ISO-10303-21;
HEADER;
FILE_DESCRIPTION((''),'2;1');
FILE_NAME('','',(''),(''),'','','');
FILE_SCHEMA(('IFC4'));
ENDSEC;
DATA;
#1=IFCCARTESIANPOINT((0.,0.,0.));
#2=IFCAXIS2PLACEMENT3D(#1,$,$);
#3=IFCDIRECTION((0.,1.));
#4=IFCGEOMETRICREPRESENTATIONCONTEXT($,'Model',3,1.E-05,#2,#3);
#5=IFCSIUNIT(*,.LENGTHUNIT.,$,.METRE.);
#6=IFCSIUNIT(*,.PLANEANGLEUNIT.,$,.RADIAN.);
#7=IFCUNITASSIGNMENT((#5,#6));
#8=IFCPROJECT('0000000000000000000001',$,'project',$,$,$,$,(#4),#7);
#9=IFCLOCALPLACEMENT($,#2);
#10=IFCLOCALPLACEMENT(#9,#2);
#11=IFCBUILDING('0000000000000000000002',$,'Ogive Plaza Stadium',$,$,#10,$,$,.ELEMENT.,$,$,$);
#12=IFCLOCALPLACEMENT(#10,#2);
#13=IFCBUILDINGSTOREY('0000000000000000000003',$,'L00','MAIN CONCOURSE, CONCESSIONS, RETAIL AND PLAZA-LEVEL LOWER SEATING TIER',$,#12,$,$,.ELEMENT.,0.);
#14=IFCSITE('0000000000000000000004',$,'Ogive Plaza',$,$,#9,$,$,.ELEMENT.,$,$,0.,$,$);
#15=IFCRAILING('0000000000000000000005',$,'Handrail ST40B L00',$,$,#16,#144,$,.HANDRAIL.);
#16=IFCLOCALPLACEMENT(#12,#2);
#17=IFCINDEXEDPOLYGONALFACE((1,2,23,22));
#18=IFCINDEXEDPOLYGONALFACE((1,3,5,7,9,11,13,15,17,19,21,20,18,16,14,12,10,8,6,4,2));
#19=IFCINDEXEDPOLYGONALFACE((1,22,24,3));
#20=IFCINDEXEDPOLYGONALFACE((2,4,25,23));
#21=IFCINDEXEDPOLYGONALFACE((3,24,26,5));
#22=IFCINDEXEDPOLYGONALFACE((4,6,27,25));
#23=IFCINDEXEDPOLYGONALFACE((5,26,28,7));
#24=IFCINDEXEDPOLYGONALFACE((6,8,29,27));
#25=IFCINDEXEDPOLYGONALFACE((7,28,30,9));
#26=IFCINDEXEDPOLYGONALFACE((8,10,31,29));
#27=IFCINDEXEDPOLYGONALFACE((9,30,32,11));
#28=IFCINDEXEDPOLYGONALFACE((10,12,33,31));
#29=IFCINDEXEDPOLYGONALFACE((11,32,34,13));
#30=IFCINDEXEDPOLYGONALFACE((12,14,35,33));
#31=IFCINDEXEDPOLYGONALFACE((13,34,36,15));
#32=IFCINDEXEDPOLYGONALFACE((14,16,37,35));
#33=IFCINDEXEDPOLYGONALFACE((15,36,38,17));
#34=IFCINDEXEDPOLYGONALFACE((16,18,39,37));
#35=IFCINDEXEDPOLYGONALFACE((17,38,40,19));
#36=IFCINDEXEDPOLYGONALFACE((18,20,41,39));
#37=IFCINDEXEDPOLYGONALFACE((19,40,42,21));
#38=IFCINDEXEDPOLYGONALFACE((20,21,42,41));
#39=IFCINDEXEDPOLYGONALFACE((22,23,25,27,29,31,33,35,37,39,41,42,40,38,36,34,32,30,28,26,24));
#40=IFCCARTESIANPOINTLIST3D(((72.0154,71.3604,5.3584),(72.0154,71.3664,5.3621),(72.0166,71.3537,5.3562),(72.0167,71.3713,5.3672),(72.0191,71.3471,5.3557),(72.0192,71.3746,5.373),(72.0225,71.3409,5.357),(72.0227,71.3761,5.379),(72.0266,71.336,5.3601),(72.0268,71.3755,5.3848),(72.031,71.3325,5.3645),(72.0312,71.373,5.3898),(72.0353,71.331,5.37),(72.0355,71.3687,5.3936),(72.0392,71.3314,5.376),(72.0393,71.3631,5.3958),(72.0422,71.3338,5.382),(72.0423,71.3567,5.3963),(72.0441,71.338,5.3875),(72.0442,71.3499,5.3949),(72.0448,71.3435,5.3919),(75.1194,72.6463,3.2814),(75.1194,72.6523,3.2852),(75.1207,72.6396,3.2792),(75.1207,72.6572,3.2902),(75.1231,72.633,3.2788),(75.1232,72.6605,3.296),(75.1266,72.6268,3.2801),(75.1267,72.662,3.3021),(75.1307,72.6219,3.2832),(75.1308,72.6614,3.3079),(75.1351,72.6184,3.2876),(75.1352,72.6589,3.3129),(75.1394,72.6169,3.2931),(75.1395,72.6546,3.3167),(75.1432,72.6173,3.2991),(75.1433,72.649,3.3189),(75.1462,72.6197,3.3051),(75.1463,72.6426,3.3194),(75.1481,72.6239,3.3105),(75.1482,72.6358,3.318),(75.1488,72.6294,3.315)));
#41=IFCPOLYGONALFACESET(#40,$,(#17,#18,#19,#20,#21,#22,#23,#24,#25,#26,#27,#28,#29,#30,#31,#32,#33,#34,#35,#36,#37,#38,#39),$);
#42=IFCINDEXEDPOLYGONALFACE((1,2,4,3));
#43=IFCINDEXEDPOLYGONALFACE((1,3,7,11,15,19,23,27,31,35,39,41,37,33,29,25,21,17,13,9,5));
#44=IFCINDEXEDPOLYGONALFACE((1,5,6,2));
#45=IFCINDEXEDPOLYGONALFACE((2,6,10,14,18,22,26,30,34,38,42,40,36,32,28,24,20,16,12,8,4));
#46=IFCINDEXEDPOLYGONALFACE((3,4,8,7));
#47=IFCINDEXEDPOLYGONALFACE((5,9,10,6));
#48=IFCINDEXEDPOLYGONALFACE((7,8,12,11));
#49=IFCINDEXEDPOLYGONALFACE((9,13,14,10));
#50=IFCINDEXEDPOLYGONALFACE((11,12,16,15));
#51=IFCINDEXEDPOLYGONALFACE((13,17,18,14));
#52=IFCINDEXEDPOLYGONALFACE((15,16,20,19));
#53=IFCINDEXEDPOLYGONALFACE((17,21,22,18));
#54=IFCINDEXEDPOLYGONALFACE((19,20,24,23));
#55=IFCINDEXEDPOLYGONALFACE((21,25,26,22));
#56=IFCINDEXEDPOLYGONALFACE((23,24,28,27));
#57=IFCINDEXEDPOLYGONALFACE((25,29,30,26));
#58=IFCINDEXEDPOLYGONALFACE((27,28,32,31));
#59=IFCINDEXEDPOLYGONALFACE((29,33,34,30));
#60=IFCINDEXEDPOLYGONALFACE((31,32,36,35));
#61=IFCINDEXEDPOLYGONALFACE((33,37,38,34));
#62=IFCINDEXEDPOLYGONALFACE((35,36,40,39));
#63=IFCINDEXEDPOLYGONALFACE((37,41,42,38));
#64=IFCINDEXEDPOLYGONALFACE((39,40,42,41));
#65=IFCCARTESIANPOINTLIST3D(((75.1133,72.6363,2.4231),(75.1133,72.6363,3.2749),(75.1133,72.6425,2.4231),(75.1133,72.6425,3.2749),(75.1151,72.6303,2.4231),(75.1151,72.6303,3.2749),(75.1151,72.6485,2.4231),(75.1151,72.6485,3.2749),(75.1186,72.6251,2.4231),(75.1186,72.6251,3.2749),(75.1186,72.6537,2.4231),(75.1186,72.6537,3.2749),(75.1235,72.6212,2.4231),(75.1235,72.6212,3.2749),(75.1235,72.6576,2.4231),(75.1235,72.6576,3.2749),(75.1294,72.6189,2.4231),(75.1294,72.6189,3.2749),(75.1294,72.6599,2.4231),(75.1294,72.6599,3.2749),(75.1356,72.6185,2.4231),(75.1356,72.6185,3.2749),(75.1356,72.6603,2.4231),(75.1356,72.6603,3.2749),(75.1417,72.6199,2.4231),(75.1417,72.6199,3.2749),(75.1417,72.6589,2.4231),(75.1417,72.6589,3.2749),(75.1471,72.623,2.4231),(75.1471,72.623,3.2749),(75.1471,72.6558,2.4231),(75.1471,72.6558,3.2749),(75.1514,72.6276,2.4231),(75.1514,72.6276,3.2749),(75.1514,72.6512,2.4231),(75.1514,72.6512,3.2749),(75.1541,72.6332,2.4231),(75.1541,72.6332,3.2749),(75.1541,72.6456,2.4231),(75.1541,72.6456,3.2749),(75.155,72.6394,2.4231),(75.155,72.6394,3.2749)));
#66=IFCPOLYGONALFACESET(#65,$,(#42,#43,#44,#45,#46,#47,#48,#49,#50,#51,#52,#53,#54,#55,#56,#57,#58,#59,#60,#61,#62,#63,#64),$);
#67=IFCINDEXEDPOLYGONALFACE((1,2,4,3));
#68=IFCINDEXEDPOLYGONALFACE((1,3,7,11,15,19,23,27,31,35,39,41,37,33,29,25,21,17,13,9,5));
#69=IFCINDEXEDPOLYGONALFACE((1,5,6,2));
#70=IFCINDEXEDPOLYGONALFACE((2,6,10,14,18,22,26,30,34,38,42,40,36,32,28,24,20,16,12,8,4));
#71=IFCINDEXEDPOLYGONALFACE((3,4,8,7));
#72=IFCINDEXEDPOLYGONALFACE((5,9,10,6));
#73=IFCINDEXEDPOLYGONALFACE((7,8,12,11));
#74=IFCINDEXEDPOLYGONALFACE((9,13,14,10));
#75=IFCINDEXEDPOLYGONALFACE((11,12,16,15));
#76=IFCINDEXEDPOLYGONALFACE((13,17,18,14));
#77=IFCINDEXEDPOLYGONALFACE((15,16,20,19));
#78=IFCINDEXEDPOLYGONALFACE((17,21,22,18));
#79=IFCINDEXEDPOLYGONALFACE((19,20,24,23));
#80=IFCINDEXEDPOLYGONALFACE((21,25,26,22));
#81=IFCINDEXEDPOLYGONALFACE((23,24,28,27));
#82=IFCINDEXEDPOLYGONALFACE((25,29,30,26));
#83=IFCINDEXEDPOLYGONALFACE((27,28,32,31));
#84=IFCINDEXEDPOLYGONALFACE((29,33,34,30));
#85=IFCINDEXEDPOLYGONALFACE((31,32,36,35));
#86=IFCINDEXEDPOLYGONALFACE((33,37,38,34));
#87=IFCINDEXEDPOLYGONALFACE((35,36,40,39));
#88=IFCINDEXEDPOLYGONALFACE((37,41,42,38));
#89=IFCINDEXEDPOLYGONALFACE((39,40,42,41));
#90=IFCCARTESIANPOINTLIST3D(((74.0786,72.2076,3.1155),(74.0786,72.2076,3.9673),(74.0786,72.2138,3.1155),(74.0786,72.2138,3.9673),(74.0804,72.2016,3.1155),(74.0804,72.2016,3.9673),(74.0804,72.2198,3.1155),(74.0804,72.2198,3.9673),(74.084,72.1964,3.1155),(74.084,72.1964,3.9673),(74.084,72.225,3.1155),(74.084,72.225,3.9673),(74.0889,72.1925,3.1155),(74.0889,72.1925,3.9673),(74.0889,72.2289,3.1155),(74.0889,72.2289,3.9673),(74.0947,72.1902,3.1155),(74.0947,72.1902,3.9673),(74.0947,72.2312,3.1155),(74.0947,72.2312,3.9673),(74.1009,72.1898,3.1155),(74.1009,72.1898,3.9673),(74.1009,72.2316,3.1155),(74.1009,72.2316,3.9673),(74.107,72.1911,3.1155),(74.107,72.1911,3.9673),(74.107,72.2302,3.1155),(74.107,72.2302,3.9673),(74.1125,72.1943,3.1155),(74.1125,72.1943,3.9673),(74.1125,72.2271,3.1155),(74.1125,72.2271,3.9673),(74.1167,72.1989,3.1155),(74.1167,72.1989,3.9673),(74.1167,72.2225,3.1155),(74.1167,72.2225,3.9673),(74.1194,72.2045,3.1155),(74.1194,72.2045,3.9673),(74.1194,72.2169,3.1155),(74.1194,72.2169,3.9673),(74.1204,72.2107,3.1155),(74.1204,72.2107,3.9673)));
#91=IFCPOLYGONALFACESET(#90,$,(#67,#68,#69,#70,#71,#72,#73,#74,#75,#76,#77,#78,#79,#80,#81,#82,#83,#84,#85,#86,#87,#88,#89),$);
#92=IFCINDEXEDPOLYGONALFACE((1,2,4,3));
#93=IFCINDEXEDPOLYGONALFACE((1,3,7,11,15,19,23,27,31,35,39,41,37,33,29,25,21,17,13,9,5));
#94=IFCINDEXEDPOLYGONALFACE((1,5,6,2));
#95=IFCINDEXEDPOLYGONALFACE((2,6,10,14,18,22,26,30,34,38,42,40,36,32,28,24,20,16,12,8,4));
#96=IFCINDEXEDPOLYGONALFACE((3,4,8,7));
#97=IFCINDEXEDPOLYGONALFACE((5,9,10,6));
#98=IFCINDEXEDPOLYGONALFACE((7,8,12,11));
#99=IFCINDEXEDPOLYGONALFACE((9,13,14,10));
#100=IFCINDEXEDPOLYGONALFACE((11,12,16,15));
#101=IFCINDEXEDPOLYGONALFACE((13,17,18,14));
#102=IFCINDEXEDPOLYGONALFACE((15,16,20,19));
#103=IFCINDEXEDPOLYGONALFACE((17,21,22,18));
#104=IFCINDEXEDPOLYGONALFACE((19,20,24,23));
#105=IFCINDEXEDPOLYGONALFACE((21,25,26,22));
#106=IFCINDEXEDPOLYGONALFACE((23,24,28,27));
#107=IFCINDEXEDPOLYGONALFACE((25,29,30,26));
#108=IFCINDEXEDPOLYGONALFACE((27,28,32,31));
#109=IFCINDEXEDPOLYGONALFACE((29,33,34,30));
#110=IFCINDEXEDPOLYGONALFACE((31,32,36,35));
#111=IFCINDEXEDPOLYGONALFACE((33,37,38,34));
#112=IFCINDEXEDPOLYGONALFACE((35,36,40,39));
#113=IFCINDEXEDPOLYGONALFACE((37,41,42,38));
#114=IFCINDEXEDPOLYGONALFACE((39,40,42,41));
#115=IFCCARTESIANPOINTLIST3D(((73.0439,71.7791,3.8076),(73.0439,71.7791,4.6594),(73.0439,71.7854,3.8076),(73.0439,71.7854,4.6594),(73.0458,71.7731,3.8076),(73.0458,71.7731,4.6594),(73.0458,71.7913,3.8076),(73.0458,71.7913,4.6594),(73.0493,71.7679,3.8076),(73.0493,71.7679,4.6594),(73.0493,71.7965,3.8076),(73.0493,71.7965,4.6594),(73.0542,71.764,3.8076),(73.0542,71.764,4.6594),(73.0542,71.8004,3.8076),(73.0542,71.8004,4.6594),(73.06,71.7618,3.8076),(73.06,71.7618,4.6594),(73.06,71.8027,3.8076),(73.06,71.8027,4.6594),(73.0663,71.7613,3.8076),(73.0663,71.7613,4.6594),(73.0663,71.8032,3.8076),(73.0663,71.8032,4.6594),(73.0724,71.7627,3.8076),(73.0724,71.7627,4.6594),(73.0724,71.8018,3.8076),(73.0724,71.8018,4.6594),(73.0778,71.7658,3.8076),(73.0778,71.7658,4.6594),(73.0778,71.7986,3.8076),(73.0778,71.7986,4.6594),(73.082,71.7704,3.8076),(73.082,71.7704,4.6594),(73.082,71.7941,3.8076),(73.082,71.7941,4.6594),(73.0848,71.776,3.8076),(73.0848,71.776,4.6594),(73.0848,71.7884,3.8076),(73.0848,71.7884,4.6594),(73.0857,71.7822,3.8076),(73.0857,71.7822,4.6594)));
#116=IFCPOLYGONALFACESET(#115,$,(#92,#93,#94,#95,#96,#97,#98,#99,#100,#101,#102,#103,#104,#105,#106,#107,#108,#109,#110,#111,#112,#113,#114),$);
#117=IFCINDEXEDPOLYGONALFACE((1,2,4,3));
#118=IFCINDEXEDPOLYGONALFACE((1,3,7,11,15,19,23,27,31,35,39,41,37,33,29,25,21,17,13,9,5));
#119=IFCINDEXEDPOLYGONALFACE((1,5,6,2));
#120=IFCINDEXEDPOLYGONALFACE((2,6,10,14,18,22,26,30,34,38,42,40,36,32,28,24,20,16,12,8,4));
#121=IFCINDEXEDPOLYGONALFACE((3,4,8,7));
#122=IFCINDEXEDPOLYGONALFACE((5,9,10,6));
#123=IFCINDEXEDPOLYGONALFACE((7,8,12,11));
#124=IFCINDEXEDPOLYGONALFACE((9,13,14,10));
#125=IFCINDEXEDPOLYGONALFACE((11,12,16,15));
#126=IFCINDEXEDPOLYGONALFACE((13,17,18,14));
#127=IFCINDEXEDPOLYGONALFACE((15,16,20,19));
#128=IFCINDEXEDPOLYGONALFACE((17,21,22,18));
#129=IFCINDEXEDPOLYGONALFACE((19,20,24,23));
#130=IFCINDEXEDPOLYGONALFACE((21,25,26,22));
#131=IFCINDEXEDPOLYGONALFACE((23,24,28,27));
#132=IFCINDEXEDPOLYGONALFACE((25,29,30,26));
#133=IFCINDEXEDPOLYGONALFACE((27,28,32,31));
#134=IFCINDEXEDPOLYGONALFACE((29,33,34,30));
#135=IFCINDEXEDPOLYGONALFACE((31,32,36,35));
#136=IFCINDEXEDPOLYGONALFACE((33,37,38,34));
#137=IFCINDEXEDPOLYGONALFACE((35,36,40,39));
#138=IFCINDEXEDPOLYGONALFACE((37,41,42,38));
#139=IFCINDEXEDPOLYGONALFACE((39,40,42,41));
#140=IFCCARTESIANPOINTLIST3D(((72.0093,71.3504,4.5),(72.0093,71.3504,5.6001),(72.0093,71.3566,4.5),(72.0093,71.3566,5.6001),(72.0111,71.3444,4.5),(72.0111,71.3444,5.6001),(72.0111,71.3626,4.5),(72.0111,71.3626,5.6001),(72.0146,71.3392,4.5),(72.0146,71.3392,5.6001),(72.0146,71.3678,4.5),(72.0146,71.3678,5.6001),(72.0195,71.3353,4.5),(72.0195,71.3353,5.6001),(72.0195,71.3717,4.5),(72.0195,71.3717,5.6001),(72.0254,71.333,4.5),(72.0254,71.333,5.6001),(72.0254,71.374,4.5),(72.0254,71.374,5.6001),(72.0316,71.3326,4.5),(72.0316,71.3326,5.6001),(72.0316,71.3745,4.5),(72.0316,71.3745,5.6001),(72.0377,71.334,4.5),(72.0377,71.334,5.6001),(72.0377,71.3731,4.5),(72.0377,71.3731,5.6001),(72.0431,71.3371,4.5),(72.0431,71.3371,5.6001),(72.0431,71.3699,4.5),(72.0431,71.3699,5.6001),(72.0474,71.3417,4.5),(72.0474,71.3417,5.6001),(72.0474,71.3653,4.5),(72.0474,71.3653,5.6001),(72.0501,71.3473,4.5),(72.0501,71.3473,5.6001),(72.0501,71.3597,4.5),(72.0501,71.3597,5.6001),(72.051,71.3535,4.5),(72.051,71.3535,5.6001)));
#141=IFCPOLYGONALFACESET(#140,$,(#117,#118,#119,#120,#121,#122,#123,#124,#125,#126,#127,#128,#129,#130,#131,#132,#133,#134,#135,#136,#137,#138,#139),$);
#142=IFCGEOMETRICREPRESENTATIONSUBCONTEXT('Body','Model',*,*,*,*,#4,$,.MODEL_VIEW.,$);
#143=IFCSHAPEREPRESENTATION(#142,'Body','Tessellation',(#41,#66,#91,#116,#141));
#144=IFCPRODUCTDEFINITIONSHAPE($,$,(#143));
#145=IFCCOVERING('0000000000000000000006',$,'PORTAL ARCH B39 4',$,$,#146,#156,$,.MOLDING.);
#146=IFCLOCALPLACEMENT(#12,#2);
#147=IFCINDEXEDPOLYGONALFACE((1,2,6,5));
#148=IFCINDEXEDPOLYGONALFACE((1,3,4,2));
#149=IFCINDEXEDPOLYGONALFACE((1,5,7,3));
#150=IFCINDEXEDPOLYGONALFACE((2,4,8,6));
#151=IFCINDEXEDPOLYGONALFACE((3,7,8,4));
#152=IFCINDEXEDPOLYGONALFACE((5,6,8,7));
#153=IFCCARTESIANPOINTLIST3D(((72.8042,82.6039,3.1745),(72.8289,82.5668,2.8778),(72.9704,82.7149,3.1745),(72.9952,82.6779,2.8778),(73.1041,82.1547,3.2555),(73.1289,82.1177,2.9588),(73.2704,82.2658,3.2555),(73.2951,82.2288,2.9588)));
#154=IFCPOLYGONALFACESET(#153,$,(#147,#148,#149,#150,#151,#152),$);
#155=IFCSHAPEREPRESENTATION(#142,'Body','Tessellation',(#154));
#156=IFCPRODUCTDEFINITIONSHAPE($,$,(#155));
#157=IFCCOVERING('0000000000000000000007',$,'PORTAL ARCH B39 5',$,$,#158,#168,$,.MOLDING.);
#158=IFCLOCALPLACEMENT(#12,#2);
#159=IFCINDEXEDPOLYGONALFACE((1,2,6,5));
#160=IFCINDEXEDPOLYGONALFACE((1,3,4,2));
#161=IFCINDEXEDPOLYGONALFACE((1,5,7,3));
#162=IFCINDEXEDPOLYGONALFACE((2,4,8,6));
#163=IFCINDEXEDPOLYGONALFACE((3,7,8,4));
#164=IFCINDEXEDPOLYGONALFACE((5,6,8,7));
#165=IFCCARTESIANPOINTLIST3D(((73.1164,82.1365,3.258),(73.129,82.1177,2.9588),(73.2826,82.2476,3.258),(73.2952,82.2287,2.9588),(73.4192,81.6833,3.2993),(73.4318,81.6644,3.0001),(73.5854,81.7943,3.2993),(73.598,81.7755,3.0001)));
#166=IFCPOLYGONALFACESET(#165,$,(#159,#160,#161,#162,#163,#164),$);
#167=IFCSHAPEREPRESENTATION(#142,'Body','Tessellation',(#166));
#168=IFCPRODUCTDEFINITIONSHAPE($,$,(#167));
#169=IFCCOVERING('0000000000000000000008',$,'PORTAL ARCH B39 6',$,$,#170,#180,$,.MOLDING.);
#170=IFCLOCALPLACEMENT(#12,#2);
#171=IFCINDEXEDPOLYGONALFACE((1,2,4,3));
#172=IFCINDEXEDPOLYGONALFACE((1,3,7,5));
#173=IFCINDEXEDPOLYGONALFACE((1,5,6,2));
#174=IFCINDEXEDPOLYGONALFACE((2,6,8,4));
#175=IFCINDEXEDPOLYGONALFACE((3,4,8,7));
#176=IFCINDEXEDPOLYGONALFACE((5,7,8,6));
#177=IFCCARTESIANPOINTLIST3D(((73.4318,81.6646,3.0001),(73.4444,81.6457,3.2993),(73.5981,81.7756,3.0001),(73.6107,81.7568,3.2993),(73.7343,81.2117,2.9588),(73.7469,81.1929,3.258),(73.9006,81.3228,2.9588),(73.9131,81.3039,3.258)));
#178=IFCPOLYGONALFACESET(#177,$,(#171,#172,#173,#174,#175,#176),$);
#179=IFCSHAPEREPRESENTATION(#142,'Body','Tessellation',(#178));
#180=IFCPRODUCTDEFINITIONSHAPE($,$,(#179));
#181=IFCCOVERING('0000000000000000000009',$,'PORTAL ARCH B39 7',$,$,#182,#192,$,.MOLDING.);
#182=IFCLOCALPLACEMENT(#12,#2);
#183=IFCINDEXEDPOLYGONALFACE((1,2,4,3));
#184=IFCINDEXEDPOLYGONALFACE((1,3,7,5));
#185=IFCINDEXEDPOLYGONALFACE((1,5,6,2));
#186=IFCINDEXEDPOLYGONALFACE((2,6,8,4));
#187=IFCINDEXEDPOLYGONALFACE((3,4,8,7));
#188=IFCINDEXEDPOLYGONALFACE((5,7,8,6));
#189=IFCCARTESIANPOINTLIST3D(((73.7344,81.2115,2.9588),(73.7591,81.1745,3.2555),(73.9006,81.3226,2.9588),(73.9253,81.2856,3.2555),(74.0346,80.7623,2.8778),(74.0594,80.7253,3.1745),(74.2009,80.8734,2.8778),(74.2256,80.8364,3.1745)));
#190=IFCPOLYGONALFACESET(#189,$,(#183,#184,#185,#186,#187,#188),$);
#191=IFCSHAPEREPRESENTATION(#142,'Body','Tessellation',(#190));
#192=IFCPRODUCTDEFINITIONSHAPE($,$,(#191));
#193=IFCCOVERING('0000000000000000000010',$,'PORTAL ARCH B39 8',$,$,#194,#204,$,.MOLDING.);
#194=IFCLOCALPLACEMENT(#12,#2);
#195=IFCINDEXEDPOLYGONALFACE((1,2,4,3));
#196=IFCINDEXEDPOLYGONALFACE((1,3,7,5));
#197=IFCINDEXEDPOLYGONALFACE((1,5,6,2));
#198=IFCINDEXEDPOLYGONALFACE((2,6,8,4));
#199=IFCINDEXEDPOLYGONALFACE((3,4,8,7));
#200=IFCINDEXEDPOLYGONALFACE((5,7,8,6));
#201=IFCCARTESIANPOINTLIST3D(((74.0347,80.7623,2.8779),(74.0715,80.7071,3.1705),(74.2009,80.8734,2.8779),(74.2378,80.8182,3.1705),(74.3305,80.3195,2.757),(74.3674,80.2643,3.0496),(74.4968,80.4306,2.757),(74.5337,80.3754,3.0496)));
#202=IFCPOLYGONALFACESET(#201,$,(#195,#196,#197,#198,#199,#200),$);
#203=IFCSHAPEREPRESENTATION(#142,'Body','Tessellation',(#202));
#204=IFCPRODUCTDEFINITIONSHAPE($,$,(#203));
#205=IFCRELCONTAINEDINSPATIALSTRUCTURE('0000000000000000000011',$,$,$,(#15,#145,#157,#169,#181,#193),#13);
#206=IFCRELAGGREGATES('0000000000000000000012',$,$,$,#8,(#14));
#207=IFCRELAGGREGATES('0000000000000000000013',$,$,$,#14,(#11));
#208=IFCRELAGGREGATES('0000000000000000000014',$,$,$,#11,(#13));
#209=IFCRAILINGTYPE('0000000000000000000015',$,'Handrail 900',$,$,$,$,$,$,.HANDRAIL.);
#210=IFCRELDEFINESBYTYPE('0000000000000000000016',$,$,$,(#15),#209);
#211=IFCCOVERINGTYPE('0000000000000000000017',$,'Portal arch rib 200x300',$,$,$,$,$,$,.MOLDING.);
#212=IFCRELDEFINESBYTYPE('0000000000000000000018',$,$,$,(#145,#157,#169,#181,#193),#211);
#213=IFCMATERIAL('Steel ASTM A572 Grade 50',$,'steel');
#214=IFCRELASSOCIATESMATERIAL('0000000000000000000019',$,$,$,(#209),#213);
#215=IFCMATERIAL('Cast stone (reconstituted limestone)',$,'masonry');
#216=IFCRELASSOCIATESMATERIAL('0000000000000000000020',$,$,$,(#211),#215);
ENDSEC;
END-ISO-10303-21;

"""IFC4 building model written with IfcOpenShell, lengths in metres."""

from ifc_helpers import new_model, si_unit, direction, frame, origin, origin_2d, place, context, subcontext, project, spatial, rectangle, circle, extrude, material, material_profile, profile_set, type_object, element, save


model = new_model("IFC4")

# Units and contexts
model_context = context("Model", 3, precision=1e-05, world=origin(), true_north=direction((0.0, 1.0)))
body_context = subcontext(model_context, "Body", "Model", "MODEL_VIEW")
ifc_project = project(units=[si_unit("LENGTHUNIT", "METRE"), si_unit("PLANEANGLEUNIT", "RADIAN")], contexts=[model_context])

# Site, building, storey
site_placement = place(None, origin())
site = spatial("IfcSite", under=ifc_project, at=site_placement, Name="Ogive Plaza", CompositionType="ELEMENT", RefElevation=0.0)
building_placement = place(site_placement, origin())
building = spatial("IfcBuilding", under=site, at=building_placement, Name="Ogive Plaza Stadium", CompositionType="ELEMENT")
storey_placement = place(building_placement, origin())
storey = spatial("IfcBuildingStorey", under=building, at=storey_placement, Name="L00", Description="MAIN CONCOURSE, CONCESSIONS, RETAIL AND PLAZA-LEVEL LOWER SEATING TIER", CompositionType="ELEMENT", Elevation=0.0)

# Railing
ifc_material_1 = material(Name="Steel ASTM A572 Grade 50", Category="steel")
railing_type_1 = type_object("IfcRailingType", Name="Handrail 900", PredefinedType="HANDRAIL", material=ifc_material_1)
railing_1_placement = place(storey_placement, frame((75.134, 72.6394, 2.4231)))
element("IfcRailing", 1, at=railing_1_placement, inside=storey, type_object=railing_type_1, Name="Handrail ST40B L00", PredefinedType="HANDRAIL", context=body_context, shape_type="SweptSolid", body=[
    extrude(circle(Radius=0.0239, at=origin_2d()), frame((0.0, 0.0, 0.876), z_axis=(-0.785839, -0.325548, 0.525809), x_axis=(0.382726, -0.923862, 0.0)), (0.0, 0.0, 1.0), 3.95),
    extrude(circle(Radius=0.021, at=origin_2d()), origin(), (0.0, 0.0, 1.0), 0.8518),
    extrude(circle(Radius=0.021, at=origin_2d()), frame((-1.0347, -0.4287, 0.6924)), (0.0, 0.0, 1.0), 0.8518),
    extrude(circle(Radius=0.021, at=origin_2d()), frame((-2.0693, -0.8572, 1.3845)), (0.0, 0.0, 1.0), 0.8518),
    extrude(circle(Radius=0.021, at=origin_2d()), frame((-3.104, -1.2859, 2.0769)), (0.0, 0.0, 1.0), 1.1001),
])

# Coverings
ifc_material_2 = material(Name="Cast stone (reconstituted limestone)", Category="masonry")
ifc_material_profile_1 = material_profile(ifc_material_2, rectangle(XDim=0.2, YDim=0.3, at=origin_2d()), Name="Cast stone 200x300")
ifc_profile_set_1 = profile_set([ifc_material_profile_1], Name="Cast stone (reconstituted limestone)")
covering_type = type_object("IfcCoveringType", Name="Portal arch rib 200x300", PredefinedType="MOLDING", material=ifc_profile_set_1)
covering_1_placement = place(storey_placement, frame((72.8997, 82.6409, 3.0261), z_axis=(0.549281, -0.822358, 0.148382), x_axis=(0.831563, 0.55543, 0.0)))
element("IfcCovering", 2, at=covering_1_placement, inside=storey, type_object=covering_type, Name="PORTAL ARCH B39 4", PredefinedType="MOLDING", context=body_context, shape_type="SweptSolid", body=[
    extrude(rectangle(XDim=0.2, YDim=0.3, at=origin_2d()), origin(), (0.0, 0.0, 1.0), 0.5461),
])
covering_2_placement = place(storey_placement, frame((73.2058, 82.1826, 3.1084), z_axis=(0.553942, -0.829125, 0.075497), x_axis=(0.831498, 0.555527, 0.0)))
element("IfcCovering", 3, at=covering_2_placement, inside=storey, type_object=covering_type, Name="PORTAL ARCH B39 5", PredefinedType="MOLDING", context=body_context, shape_type="SweptSolid", body=[
    extrude(rectangle(XDim=0.2, YDim=0.3, at=origin_2d()), origin(), (0.0, 0.0, 1.0), 0.5466),
])
covering_3_placement = place(storey_placement, frame((73.5212, 81.7107, 3.1497), z_axis=(0.553837, -0.829191, -0.075544), x_axis=(0.831567, 0.555424, 0.0)))
element("IfcCovering", 4, at=covering_3_placement, inside=storey, type_object=covering_type, Name="PORTAL ARCH B39 6", PredefinedType="MOLDING", context=body_context, shape_type="SweptSolid", body=[
    extrude(rectangle(XDim=0.2, YDim=0.3, at=origin_2d()), origin(), (0.0, 0.0, 1.0), 0.5461),
])
covering_4_placement = place(storey_placement, frame((73.8298, 81.2485, 3.1072), z_axis=(0.549593, -0.822156, -0.148346), x_axis=(0.831355, 0.555742, 0.0)))
element("IfcCovering", 5, at=covering_4_placement, inside=storey, type_object=covering_type, Name="PORTAL ARCH B39 7", PredefinedType="MOLDING", context=body_context, shape_type="SweptSolid", body=[
    extrude(rectangle(XDim=0.2, YDim=0.3, at=origin_2d()), origin(), (0.0, 0.0, 1.0), 0.5464),
])
covering_5_placement = place(storey_placement, frame((74.1362, 80.7903, 3.0242), z_axis=(0.541776, -0.810875, -0.22127), x_axis=(0.831486, 0.555546, 0.0)))
element("IfcCovering", 6, at=covering_5_placement, inside=storey, type_object=covering_type, Name="PORTAL ARCH B39 8", PredefinedType="MOLDING", context=body_context, shape_type="SweptSolid", body=[
    extrude(rectangle(XDim=0.2, YDim=0.3, at=origin_2d()), origin(), (0.0, 0.0, 1.0), 0.5461),
])

save(model, "model.ifc")
